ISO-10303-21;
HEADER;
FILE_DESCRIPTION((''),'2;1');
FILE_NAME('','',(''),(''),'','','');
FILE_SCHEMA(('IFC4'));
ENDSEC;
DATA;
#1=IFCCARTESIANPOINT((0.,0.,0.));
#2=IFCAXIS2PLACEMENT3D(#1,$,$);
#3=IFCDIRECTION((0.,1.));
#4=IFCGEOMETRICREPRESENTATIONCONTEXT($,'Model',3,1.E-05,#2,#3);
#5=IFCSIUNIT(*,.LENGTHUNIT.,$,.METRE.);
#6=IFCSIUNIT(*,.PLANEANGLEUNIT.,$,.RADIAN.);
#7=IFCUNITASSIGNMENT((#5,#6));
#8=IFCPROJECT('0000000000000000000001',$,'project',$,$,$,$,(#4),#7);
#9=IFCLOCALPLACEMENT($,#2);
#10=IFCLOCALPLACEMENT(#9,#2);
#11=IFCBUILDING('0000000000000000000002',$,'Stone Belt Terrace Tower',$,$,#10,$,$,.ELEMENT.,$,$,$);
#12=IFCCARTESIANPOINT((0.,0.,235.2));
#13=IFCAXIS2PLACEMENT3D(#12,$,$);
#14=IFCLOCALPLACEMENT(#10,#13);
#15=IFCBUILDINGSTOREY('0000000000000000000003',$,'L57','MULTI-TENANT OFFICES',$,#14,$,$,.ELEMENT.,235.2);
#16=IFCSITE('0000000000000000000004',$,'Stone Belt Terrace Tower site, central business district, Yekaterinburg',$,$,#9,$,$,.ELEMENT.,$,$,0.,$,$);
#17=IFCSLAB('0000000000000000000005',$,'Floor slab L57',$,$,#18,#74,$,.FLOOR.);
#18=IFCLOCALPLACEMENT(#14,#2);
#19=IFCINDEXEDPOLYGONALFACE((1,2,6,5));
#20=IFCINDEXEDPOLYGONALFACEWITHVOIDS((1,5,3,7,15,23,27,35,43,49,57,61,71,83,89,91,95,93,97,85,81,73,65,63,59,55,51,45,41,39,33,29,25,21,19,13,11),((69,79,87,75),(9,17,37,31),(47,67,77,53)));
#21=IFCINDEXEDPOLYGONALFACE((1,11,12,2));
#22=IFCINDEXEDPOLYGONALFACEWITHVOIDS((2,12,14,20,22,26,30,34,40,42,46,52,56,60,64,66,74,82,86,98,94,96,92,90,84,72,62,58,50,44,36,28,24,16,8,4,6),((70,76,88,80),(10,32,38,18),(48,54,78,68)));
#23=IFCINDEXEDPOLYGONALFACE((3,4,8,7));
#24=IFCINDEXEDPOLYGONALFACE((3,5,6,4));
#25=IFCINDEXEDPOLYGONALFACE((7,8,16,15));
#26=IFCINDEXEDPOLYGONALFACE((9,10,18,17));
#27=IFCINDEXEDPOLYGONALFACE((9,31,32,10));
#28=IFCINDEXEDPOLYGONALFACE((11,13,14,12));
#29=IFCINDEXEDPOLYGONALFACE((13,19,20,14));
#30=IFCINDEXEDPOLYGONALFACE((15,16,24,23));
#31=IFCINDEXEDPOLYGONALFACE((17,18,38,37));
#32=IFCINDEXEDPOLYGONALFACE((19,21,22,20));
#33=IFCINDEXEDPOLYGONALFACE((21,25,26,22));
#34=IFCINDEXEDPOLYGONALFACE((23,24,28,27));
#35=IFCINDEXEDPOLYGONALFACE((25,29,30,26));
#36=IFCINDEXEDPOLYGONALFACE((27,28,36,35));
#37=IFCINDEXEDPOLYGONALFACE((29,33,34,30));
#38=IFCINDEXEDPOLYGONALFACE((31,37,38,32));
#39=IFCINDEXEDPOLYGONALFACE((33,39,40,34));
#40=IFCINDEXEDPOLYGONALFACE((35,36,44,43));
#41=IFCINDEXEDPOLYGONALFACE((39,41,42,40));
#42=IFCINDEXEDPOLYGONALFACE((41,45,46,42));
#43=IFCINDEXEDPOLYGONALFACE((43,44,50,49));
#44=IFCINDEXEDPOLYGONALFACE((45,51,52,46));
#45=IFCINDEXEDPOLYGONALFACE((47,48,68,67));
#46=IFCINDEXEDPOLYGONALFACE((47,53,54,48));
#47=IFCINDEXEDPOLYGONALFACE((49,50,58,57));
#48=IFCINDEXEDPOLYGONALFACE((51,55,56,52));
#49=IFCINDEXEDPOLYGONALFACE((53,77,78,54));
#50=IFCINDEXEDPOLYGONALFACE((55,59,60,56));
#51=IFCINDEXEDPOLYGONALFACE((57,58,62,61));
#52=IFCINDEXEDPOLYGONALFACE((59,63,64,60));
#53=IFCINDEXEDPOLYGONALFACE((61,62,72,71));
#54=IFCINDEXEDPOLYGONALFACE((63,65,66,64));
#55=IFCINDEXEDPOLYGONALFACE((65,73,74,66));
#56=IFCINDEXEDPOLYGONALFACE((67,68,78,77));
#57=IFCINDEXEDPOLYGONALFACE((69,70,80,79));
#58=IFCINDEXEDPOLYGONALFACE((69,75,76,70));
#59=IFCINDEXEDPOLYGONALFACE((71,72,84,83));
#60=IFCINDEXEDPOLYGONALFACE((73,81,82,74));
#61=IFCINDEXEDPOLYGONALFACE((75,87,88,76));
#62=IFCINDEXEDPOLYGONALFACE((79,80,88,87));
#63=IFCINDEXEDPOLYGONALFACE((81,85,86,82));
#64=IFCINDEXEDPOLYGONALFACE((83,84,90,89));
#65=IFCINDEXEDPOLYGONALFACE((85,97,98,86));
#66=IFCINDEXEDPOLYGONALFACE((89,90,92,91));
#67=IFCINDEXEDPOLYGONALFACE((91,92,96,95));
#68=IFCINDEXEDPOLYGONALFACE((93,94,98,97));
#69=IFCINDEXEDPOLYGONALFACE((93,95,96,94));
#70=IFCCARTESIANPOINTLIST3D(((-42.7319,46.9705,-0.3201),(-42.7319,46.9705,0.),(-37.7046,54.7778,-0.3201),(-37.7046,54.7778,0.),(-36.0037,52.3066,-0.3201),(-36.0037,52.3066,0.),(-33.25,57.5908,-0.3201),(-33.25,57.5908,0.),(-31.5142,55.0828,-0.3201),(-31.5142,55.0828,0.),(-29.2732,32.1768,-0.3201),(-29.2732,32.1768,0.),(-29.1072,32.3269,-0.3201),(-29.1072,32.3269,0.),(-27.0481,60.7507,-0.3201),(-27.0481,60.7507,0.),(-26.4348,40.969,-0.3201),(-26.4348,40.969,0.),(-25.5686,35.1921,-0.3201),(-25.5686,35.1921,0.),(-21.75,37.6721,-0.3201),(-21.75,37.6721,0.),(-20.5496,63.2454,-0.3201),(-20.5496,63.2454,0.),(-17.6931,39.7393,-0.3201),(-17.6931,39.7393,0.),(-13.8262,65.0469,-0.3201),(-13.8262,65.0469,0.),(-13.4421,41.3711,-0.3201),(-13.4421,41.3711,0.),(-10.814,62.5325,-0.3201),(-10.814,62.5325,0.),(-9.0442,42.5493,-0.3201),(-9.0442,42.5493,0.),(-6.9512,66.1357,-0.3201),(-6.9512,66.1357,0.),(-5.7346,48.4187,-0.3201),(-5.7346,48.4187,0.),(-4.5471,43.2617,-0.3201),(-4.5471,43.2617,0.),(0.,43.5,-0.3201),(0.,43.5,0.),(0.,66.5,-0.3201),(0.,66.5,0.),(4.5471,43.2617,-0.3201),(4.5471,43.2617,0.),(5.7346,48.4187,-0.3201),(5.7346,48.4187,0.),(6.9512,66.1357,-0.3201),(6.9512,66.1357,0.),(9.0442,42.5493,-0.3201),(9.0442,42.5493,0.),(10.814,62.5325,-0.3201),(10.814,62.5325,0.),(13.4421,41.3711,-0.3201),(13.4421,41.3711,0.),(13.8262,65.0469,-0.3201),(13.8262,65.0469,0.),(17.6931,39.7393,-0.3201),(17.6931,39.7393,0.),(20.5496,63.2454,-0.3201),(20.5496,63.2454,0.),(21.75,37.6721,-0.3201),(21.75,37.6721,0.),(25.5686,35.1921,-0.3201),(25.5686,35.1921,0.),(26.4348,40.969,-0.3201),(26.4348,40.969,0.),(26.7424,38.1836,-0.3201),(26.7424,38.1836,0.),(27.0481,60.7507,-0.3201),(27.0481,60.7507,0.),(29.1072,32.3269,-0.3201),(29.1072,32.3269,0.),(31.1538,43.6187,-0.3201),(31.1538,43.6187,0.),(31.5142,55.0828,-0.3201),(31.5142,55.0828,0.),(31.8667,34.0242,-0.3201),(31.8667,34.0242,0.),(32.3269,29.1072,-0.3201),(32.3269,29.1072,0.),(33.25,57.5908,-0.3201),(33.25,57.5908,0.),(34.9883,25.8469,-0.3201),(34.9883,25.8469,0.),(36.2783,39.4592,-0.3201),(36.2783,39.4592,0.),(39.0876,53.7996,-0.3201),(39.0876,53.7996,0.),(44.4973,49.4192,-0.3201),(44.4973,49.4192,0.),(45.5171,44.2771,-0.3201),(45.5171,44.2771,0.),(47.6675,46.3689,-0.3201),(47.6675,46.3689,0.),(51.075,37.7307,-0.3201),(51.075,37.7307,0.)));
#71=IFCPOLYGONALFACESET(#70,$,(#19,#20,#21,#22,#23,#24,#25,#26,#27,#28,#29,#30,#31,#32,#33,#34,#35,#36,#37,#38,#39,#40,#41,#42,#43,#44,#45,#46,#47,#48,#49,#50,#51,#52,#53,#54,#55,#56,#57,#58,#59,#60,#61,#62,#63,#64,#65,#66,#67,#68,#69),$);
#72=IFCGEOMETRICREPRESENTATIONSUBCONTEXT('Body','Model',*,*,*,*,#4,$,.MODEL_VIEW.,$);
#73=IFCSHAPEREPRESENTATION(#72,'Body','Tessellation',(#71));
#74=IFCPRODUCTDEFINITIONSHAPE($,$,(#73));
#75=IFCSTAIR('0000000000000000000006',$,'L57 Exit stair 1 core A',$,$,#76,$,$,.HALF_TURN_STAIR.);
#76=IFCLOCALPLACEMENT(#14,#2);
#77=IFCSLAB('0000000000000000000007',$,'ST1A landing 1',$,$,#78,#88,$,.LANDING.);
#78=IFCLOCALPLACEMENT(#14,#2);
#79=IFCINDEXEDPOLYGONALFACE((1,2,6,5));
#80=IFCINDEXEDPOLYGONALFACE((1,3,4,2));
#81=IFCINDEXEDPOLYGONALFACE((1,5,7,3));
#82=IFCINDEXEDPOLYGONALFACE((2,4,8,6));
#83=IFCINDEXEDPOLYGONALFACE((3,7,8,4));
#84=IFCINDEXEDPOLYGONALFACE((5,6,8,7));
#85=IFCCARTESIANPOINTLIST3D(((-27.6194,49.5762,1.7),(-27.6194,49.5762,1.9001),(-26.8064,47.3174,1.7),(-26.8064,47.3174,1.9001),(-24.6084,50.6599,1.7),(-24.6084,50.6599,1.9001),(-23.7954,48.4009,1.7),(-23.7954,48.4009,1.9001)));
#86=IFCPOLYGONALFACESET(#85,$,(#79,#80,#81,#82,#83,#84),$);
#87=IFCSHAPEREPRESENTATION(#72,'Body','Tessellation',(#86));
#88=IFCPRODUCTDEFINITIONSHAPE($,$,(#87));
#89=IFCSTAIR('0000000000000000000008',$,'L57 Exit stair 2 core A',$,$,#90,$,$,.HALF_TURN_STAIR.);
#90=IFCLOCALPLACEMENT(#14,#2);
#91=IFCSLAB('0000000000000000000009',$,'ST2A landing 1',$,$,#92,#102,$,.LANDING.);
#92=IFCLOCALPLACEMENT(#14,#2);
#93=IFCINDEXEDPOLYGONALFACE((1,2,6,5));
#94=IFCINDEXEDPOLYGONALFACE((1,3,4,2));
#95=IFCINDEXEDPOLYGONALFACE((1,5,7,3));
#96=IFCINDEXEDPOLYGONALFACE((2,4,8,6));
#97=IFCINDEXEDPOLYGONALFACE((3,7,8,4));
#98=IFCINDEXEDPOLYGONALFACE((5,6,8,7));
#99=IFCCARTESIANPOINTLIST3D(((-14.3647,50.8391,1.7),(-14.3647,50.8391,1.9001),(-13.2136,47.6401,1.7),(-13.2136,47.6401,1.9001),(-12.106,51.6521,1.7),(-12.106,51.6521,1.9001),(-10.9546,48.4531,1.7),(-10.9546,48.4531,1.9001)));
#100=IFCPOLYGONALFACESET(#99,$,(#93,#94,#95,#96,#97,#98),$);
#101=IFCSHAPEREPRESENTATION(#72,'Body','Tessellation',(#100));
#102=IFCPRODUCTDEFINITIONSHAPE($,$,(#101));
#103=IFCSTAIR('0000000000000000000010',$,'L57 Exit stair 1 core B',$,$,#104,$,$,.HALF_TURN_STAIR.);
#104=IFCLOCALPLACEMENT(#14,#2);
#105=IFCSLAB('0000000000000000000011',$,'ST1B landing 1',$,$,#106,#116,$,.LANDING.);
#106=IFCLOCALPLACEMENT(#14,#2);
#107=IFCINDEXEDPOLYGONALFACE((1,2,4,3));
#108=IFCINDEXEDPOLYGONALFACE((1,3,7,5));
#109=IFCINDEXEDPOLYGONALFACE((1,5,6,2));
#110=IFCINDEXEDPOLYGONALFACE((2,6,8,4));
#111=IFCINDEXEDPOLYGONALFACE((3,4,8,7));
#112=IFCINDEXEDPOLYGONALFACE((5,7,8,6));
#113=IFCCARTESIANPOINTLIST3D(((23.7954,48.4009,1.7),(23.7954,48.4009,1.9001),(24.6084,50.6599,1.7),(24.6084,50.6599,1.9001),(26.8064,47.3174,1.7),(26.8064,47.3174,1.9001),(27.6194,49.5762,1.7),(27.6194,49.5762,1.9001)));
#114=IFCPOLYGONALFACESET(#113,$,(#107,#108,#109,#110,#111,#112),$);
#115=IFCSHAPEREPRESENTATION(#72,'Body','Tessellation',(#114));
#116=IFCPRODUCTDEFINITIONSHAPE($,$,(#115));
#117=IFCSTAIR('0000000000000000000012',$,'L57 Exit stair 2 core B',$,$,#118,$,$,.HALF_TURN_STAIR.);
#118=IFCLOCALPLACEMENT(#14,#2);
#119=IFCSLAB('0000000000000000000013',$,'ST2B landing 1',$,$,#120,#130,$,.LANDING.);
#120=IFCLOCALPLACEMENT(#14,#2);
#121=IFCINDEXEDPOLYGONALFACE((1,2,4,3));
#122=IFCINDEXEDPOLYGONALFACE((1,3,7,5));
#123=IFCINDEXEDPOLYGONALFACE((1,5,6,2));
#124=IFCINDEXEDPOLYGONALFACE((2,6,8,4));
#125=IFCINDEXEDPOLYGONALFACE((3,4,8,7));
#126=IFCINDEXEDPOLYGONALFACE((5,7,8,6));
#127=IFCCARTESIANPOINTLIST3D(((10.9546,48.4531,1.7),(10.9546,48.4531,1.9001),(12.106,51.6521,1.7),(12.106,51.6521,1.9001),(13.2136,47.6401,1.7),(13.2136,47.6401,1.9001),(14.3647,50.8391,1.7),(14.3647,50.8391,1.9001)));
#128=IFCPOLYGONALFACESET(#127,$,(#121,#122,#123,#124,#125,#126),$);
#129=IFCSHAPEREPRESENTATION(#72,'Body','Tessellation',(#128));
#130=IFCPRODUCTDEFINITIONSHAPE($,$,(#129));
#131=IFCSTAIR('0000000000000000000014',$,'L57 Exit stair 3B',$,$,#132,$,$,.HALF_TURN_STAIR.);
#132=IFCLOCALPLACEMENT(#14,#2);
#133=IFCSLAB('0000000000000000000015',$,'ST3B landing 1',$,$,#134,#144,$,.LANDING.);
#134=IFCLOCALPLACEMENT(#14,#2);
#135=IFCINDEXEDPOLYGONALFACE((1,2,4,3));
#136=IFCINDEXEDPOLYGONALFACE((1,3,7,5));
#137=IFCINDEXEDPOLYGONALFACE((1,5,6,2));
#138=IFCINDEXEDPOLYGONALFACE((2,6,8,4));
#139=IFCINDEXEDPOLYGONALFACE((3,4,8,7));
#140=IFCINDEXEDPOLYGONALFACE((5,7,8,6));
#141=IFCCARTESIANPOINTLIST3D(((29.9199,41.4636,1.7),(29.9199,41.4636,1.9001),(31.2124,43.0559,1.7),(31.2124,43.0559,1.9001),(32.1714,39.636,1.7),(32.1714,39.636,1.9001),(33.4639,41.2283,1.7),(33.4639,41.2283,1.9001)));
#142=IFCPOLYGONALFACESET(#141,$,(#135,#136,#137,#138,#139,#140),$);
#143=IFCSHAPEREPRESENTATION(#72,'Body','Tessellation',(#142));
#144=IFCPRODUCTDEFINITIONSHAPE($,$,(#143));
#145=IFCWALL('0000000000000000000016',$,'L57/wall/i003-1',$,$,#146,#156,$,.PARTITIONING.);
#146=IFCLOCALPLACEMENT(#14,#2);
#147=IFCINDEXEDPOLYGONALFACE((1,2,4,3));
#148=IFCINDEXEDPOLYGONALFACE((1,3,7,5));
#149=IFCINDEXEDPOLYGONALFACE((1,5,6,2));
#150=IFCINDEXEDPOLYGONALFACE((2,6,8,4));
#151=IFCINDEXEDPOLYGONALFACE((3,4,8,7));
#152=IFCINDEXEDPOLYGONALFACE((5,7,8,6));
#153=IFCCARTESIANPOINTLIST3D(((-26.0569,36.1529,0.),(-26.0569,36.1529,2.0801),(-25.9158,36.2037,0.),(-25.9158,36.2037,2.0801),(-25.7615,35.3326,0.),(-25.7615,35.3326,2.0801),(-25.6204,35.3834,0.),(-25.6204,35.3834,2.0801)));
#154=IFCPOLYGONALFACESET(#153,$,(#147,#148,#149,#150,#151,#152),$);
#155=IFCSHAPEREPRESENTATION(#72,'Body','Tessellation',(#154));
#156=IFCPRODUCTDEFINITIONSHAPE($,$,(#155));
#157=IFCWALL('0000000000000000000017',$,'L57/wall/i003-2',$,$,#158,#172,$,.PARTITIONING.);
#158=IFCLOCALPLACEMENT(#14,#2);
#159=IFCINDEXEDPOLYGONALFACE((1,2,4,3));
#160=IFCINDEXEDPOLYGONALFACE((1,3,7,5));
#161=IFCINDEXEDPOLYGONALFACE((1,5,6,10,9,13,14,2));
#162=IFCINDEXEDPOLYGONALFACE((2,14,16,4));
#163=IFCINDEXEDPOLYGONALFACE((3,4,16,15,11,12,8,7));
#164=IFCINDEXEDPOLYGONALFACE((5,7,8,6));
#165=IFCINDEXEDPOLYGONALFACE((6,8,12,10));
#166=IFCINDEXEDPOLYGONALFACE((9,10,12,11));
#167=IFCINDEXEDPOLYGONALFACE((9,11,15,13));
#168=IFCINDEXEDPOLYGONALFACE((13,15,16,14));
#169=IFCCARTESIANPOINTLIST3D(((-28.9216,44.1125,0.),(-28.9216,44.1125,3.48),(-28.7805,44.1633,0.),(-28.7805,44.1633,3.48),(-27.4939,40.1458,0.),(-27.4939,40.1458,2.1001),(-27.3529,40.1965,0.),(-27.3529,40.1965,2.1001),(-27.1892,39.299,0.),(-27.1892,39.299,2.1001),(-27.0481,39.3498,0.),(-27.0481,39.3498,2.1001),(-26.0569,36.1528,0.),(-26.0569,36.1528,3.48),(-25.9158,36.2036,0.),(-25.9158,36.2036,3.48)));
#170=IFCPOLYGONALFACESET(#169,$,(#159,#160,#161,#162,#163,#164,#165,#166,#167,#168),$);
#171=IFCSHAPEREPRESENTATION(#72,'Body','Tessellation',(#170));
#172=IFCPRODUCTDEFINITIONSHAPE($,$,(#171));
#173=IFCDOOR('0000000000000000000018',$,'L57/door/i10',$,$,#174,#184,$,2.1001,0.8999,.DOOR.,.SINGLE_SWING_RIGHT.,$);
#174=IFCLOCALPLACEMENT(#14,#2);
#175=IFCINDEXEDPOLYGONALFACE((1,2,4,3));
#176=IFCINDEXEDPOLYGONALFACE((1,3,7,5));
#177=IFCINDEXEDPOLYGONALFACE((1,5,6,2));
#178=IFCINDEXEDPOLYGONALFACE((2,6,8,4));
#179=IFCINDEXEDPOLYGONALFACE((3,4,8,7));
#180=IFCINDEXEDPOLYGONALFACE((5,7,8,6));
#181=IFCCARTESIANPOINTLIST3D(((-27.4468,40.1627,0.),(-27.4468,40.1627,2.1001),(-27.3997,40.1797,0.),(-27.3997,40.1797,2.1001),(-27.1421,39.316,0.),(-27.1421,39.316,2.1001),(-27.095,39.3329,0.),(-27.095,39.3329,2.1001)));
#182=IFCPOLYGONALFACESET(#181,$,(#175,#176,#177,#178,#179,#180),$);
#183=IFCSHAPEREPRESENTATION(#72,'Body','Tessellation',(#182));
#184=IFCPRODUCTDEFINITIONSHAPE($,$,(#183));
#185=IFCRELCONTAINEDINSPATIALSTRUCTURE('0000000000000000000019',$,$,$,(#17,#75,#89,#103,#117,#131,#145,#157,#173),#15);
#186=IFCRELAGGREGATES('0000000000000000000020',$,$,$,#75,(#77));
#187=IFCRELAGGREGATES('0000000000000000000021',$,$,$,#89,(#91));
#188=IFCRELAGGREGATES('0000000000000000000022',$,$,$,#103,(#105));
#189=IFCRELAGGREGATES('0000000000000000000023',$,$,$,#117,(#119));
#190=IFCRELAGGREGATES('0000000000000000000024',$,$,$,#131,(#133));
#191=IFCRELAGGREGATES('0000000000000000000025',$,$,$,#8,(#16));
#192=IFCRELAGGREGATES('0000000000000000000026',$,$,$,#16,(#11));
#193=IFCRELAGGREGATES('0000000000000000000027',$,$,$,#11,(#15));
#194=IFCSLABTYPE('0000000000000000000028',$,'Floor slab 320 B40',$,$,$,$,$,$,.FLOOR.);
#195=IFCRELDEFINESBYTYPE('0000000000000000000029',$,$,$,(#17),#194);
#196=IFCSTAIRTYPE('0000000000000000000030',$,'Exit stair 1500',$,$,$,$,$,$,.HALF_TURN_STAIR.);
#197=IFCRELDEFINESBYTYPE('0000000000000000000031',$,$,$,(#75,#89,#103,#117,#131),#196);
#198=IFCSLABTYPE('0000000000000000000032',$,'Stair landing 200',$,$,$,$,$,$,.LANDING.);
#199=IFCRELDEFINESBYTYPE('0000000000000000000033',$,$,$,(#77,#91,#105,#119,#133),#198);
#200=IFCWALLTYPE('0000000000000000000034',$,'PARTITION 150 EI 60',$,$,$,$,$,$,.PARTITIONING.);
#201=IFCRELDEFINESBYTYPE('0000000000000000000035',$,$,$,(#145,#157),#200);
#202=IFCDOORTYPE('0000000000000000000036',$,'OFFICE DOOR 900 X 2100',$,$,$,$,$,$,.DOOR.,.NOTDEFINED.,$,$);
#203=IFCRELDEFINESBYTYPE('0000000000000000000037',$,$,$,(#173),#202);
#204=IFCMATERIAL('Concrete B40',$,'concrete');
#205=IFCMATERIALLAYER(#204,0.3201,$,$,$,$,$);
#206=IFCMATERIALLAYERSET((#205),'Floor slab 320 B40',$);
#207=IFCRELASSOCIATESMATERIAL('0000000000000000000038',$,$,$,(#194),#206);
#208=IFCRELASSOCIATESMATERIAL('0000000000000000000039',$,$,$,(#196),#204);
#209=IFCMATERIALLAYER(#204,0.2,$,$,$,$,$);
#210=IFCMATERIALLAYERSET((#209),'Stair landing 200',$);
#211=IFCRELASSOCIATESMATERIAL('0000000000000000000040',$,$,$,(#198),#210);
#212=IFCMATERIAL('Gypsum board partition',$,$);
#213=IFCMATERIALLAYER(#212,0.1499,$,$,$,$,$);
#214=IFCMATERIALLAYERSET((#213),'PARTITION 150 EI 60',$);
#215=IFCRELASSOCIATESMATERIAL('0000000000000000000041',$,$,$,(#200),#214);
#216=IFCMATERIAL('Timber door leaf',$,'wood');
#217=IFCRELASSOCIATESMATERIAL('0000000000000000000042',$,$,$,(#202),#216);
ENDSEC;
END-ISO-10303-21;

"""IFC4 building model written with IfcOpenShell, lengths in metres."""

from ifc_helpers import new_model, si_unit, direction, frame, frame_2d, origin, place, context, subcontext, project, spatial, polyline, rectangle, outline, extrude, material, layer, layer_set, type_object, element, fill, aggregate, save


model = new_model("IFC4")

# Units and contexts
model_context = context("Model", 3, precision=1e-05, world=origin(), true_north=direction((0.0, 1.0)))
body_context = subcontext(model_context, "Body", "Model", "MODEL_VIEW")
ifc_project = project(units=[si_unit("LENGTHUNIT", "METRE"), si_unit("PLANEANGLEUNIT", "RADIAN")], contexts=[model_context])

# Site, building, storey
site_placement = place(None, origin())
site = spatial("IfcSite", under=ifc_project, at=site_placement, Name="Stone Belt Terrace Tower site, central business district, Yekaterinburg", CompositionType="ELEMENT", RefElevation=0.0)
building_placement = place(site_placement, origin())
building = spatial("IfcBuilding", under=site, at=building_placement, Name="Stone Belt Terrace Tower", CompositionType="ELEMENT")
storey_placement = place(building_placement, frame((0.0, 0.0, 235.2)))
storey = spatial("IfcBuildingStorey", under=building, at=storey_placement, Name="L57", Description="MULTI-TENANT OFFICES", CompositionType="ELEMENT", Elevation=235.2)

# Slab
ifc_material_1 = material(Name="Concrete B40", Category="concrete")
ifc_layer_1 = layer(ifc_material_1, 0.3201)
ifc_layer_set_1 = layer_set([ifc_layer_1], Name="Floor slab 320 B40")
slab_type_1 = type_object("IfcSlabType", Name="Floor slab 320 B40", PredefinedType="FLOOR", material=ifc_layer_set_1)
slab_1_placement = place(storey_placement, frame((0.0, 0.0, -0.3201)))
element("IfcSlab", 1, at=slab_1_placement, inside=storey, type_object=slab_type_1, Name="Floor slab L57", PredefinedType="FLOOR", context=body_context, shape_type="SweptSolid", body=[
    extrude(outline(polyline([(-37.7046, 54.7778), (-33.25, 57.5908), (-27.0481, 60.7507), (-20.5496, 63.2454), (-13.8262, 65.0469), (-6.9512, 66.1357), (0.0, 66.5), (6.9512, 66.1357), (13.8262, 65.0469), (20.5496, 63.2454), (27.0481, 60.7507), (33.25, 57.5908), (39.0876, 53.7996), (44.4973, 49.4192), (47.6675, 46.3689), (45.5171, 44.2771), (51.075, 37.7307), (34.9883, 25.8469), (32.3269, 29.1072), (29.1072, 32.3269), (25.5686, 35.1921), (21.75, 37.6721), (17.6931, 39.7393), (13.4421, 41.3711), (9.0442, 42.5493), (4.5471, 43.2617), (0.0, 43.5), (-4.5471, 43.2617), (-9.0442, 42.5493), (-13.4421, 41.3711), (-17.6931, 39.7393), (-21.75, 37.6721), (-25.5686, 35.1921), (-29.1072, 32.3269), (-29.2732, 32.1768), (-42.7319, 46.9705), (-36.0037, 52.3066), (-37.7046, 54.7778)]), holes=[polyline([(-31.5142, 55.0828), (-26.4348, 40.969), (-5.7346, 48.4187), (-10.814, 62.5325), (-31.5142, 55.0828)]), polyline([(31.5142, 55.0828), (10.814, 62.5325), (5.7346, 48.4187), (26.4348, 40.969), (31.5142, 55.0828)]), polyline([(36.2783, 39.4592), (31.1538, 43.6187), (26.7424, 38.1836), (31.8667, 34.0242), (36.2783, 39.4592)])]), origin(), (0.0, 0.0, 1.0), 0.3201),
])

# Stairs, slabs
stair_type = type_object("IfcStairType", Name="Exit stair 1500", PredefinedType="HALF_TURN_STAIR", material=ifc_material_1)
stair_1_placement = place(storey_placement, origin())
stair_1 = element("IfcStair", 2, at=stair_1_placement, inside=storey, type_object=stair_type, Name="L57 Exit stair 1 core A", PredefinedType="HALF_TURN_STAIR")
ifc_layer_2 = layer(ifc_material_1, 0.2)
ifc_layer_set_2 = layer_set([ifc_layer_2], Name="Stair landing 200")
slab_type_2 = type_object("IfcSlabType", Name="Stair landing 200", PredefinedType="LANDING", material=ifc_layer_set_2)
slab_2_placement = place(storey_placement, frame((0.0, 0.0, 1.7)))
slab_2 = element("IfcSlab", 3, at=slab_2_placement, type_object=slab_type_2, Name="ST1A landing 1", PredefinedType="LANDING", context=body_context, shape_type="SweptSolid", body=[
    extrude(outline(polyline([(-23.7954, 48.4009), (-24.6084, 50.6599), (-27.6194, 49.5762), (-26.8064, 47.3174), (-23.7954, 48.4009)])), origin(), (0.0, 0.0, 1.0), 0.2002),
])
aggregate(stair_1, [slab_2])
stair_2_placement = place(storey_placement, origin())
stair_2 = element("IfcStair", 4, at=stair_2_placement, inside=storey, type_object=stair_type, Name="L57 Exit stair 2 core A", PredefinedType="HALF_TURN_STAIR")
slab_3_placement = place(storey_placement, frame((0.0, 0.0, 1.7)))
slab_3 = element("IfcSlab", 5, at=slab_3_placement, type_object=slab_type_2, Name="ST2A landing 1", PredefinedType="LANDING", context=body_context, shape_type="SweptSolid", body=[
    extrude(outline(polyline([(-13.2136, 47.6401), (-10.9546, 48.4531), (-12.106, 51.6521), (-14.3647, 50.8391), (-13.2136, 47.6401)])), origin(), (0.0, 0.0, 1.0), 0.2002),
])
aggregate(stair_2, [slab_3])
stair_3_placement = place(storey_placement, origin())
stair_3 = element("IfcStair", 6, at=stair_3_placement, inside=storey, type_object=stair_type, Name="L57 Exit stair 1 core B", PredefinedType="HALF_TURN_STAIR")
slab_4_placement = place(storey_placement, frame((0.0, 0.0, 1.7)))
slab_4 = element("IfcSlab", 7, at=slab_4_placement, type_object=slab_type_2, Name="ST1B landing 1", PredefinedType="LANDING", context=body_context, shape_type="SweptSolid", body=[
    extrude(outline(polyline([(26.8064, 47.3174), (27.6194, 49.5762), (24.6084, 50.6599), (23.7954, 48.4009), (26.8064, 47.3174)])), origin(), (0.0, 0.0, 1.0), 0.2002),
])
aggregate(stair_3, [slab_4])
stair_4_placement = place(storey_placement, origin())
stair_4 = element("IfcStair", 8, at=stair_4_placement, inside=storey, type_object=stair_type, Name="L57 Exit stair 2 core B", PredefinedType="HALF_TURN_STAIR")
slab_5_placement = place(storey_placement, frame((0.0, 0.0, 1.7)))
slab_5 = element("IfcSlab", 9, at=slab_5_placement, type_object=slab_type_2, Name="ST2B landing 1", PredefinedType="LANDING", context=body_context, shape_type="SweptSolid", body=[
    extrude(outline(polyline([(14.3647, 50.8391), (12.106, 51.6521), (10.9546, 48.4531), (13.2136, 47.6401), (14.3647, 50.8391)])), origin(), (0.0, 0.0, 1.0), 0.2002),
])
aggregate(stair_4, [slab_5])
stair_5_placement = place(storey_placement, origin())
stair_5 = element("IfcStair", 10, at=stair_5_placement, inside=storey, type_object=stair_type, Name="L57 Exit stair 3B", PredefinedType="HALF_TURN_STAIR")
slab_6_placement = place(storey_placement, frame((0.0, 0.0, 1.7)))
slab_6 = element("IfcSlab", 11, at=slab_6_placement, type_object=slab_type_2, Name="ST3B landing 1", PredefinedType="LANDING", context=body_context, shape_type="SweptSolid", body=[
    extrude(outline(polyline([(32.1714, 39.636), (33.4639, 41.2283), (31.2124, 43.0559), (29.9199, 41.4636), (32.1714, 39.636)])), origin(), (0.0, 0.0, 1.0), 0.2002),
])
aggregate(stair_5, [slab_6])

# Wall
ifc_material_2 = material(Name="Gypsum board partition")
ifc_layer_3 = layer(ifc_material_2, 0.1499)
ifc_layer_set_3 = layer_set([ifc_layer_3], Name="PARTITION 150 EI 60")
wall_type = type_object("IfcWallType", Name="PARTITION 150 EI 60", PredefinedType="PARTITIONING", material=ifc_layer_set_3)
wall_1_placement = place(storey_placement, frame((-25.6909, 35.3579, 0.0), z_axis=(0.0, 0.0, 1.0), x_axis=(-0.338819, 0.940852, 0.0)))
element("IfcWall", 12, at=wall_1_placement, inside=storey, type_object=wall_type, Name="L57/wall/i003-1", PredefinedType="PARTITIONING", context=body_context, shape_type="SweptSolid", body=[
    extrude(rectangle(XDim=0.8718, YDim=0.1499, at=frame_2d((0.436, 0.0))), origin(), (0.0, 0.0, 1.0), 2.0801),
])

# Wall, opening, door
wall_2_placement = place(storey_placement, frame((-25.9863, 36.1782, 0.0), z_axis=(0.0, 0.0, 1.0), x_axis=(-0.338641, 0.940916, 0.0)))
wall_2 = element("IfcWall", 13, at=wall_2_placement, inside=storey, type_object=wall_type, Name="L57/wall/i003-2", PredefinedType="PARTITIONING", context=body_context, shape_type="SweptSolid", body=[
    extrude(rectangle(XDim=8.4595, YDim=0.1499, at=frame_2d((4.2297, 0.0))), origin(), (0.0, 0.0, 1.0), 3.48),
])
opening_placement = place(wall_2_placement, frame((3.3438, 0.0, 0.0)))
opening = element("IfcOpeningElement", 14, at=opening_placement, cuts=wall_2, PredefinedType="OPENING", context=body_context, shape_type="SweptSolid", body=[
    extrude(rectangle(XDim=0.8999, YDim=2.1001, at=frame_2d((0.45, 1.05))), frame((0.0, 0.085, 0.0), z_axis=(0.0, -1.0, 0.0), x_axis=(1.0, 0.0, 0.0)), (0.0, 0.0, 1.0), 0.1699),
])
ifc_material_3 = material(Name="Timber door leaf", Category="wood")
door_type = type_object("IfcDoorType", Name="OFFICE DOOR 900 X 2100", OperationType="NOTDEFINED", PredefinedType="DOOR", material=ifc_material_3)
door_placement = place(opening_placement, origin())
door = element("IfcDoor", 15, at=door_placement, inside=storey, type_object=door_type, Name="L57/door/i10", OperationType="SINGLE_SWING_RIGHT", OverallHeight=2.1001, OverallWidth=0.8999, PredefinedType="DOOR", context=body_context, shape_type="SweptSolid", body=[
    extrude(rectangle(XDim=0.8999, YDim=2.1001, at=frame_2d((0.45, 1.05))), frame((0.0, 0.0249, 0.0), z_axis=(0.0, -1.0, 0.0), x_axis=(1.0, 0.0, 0.0)), (0.0, 0.0, 1.0), 0.05),
])
fill(opening, door)

save(model, "model.ifc")
